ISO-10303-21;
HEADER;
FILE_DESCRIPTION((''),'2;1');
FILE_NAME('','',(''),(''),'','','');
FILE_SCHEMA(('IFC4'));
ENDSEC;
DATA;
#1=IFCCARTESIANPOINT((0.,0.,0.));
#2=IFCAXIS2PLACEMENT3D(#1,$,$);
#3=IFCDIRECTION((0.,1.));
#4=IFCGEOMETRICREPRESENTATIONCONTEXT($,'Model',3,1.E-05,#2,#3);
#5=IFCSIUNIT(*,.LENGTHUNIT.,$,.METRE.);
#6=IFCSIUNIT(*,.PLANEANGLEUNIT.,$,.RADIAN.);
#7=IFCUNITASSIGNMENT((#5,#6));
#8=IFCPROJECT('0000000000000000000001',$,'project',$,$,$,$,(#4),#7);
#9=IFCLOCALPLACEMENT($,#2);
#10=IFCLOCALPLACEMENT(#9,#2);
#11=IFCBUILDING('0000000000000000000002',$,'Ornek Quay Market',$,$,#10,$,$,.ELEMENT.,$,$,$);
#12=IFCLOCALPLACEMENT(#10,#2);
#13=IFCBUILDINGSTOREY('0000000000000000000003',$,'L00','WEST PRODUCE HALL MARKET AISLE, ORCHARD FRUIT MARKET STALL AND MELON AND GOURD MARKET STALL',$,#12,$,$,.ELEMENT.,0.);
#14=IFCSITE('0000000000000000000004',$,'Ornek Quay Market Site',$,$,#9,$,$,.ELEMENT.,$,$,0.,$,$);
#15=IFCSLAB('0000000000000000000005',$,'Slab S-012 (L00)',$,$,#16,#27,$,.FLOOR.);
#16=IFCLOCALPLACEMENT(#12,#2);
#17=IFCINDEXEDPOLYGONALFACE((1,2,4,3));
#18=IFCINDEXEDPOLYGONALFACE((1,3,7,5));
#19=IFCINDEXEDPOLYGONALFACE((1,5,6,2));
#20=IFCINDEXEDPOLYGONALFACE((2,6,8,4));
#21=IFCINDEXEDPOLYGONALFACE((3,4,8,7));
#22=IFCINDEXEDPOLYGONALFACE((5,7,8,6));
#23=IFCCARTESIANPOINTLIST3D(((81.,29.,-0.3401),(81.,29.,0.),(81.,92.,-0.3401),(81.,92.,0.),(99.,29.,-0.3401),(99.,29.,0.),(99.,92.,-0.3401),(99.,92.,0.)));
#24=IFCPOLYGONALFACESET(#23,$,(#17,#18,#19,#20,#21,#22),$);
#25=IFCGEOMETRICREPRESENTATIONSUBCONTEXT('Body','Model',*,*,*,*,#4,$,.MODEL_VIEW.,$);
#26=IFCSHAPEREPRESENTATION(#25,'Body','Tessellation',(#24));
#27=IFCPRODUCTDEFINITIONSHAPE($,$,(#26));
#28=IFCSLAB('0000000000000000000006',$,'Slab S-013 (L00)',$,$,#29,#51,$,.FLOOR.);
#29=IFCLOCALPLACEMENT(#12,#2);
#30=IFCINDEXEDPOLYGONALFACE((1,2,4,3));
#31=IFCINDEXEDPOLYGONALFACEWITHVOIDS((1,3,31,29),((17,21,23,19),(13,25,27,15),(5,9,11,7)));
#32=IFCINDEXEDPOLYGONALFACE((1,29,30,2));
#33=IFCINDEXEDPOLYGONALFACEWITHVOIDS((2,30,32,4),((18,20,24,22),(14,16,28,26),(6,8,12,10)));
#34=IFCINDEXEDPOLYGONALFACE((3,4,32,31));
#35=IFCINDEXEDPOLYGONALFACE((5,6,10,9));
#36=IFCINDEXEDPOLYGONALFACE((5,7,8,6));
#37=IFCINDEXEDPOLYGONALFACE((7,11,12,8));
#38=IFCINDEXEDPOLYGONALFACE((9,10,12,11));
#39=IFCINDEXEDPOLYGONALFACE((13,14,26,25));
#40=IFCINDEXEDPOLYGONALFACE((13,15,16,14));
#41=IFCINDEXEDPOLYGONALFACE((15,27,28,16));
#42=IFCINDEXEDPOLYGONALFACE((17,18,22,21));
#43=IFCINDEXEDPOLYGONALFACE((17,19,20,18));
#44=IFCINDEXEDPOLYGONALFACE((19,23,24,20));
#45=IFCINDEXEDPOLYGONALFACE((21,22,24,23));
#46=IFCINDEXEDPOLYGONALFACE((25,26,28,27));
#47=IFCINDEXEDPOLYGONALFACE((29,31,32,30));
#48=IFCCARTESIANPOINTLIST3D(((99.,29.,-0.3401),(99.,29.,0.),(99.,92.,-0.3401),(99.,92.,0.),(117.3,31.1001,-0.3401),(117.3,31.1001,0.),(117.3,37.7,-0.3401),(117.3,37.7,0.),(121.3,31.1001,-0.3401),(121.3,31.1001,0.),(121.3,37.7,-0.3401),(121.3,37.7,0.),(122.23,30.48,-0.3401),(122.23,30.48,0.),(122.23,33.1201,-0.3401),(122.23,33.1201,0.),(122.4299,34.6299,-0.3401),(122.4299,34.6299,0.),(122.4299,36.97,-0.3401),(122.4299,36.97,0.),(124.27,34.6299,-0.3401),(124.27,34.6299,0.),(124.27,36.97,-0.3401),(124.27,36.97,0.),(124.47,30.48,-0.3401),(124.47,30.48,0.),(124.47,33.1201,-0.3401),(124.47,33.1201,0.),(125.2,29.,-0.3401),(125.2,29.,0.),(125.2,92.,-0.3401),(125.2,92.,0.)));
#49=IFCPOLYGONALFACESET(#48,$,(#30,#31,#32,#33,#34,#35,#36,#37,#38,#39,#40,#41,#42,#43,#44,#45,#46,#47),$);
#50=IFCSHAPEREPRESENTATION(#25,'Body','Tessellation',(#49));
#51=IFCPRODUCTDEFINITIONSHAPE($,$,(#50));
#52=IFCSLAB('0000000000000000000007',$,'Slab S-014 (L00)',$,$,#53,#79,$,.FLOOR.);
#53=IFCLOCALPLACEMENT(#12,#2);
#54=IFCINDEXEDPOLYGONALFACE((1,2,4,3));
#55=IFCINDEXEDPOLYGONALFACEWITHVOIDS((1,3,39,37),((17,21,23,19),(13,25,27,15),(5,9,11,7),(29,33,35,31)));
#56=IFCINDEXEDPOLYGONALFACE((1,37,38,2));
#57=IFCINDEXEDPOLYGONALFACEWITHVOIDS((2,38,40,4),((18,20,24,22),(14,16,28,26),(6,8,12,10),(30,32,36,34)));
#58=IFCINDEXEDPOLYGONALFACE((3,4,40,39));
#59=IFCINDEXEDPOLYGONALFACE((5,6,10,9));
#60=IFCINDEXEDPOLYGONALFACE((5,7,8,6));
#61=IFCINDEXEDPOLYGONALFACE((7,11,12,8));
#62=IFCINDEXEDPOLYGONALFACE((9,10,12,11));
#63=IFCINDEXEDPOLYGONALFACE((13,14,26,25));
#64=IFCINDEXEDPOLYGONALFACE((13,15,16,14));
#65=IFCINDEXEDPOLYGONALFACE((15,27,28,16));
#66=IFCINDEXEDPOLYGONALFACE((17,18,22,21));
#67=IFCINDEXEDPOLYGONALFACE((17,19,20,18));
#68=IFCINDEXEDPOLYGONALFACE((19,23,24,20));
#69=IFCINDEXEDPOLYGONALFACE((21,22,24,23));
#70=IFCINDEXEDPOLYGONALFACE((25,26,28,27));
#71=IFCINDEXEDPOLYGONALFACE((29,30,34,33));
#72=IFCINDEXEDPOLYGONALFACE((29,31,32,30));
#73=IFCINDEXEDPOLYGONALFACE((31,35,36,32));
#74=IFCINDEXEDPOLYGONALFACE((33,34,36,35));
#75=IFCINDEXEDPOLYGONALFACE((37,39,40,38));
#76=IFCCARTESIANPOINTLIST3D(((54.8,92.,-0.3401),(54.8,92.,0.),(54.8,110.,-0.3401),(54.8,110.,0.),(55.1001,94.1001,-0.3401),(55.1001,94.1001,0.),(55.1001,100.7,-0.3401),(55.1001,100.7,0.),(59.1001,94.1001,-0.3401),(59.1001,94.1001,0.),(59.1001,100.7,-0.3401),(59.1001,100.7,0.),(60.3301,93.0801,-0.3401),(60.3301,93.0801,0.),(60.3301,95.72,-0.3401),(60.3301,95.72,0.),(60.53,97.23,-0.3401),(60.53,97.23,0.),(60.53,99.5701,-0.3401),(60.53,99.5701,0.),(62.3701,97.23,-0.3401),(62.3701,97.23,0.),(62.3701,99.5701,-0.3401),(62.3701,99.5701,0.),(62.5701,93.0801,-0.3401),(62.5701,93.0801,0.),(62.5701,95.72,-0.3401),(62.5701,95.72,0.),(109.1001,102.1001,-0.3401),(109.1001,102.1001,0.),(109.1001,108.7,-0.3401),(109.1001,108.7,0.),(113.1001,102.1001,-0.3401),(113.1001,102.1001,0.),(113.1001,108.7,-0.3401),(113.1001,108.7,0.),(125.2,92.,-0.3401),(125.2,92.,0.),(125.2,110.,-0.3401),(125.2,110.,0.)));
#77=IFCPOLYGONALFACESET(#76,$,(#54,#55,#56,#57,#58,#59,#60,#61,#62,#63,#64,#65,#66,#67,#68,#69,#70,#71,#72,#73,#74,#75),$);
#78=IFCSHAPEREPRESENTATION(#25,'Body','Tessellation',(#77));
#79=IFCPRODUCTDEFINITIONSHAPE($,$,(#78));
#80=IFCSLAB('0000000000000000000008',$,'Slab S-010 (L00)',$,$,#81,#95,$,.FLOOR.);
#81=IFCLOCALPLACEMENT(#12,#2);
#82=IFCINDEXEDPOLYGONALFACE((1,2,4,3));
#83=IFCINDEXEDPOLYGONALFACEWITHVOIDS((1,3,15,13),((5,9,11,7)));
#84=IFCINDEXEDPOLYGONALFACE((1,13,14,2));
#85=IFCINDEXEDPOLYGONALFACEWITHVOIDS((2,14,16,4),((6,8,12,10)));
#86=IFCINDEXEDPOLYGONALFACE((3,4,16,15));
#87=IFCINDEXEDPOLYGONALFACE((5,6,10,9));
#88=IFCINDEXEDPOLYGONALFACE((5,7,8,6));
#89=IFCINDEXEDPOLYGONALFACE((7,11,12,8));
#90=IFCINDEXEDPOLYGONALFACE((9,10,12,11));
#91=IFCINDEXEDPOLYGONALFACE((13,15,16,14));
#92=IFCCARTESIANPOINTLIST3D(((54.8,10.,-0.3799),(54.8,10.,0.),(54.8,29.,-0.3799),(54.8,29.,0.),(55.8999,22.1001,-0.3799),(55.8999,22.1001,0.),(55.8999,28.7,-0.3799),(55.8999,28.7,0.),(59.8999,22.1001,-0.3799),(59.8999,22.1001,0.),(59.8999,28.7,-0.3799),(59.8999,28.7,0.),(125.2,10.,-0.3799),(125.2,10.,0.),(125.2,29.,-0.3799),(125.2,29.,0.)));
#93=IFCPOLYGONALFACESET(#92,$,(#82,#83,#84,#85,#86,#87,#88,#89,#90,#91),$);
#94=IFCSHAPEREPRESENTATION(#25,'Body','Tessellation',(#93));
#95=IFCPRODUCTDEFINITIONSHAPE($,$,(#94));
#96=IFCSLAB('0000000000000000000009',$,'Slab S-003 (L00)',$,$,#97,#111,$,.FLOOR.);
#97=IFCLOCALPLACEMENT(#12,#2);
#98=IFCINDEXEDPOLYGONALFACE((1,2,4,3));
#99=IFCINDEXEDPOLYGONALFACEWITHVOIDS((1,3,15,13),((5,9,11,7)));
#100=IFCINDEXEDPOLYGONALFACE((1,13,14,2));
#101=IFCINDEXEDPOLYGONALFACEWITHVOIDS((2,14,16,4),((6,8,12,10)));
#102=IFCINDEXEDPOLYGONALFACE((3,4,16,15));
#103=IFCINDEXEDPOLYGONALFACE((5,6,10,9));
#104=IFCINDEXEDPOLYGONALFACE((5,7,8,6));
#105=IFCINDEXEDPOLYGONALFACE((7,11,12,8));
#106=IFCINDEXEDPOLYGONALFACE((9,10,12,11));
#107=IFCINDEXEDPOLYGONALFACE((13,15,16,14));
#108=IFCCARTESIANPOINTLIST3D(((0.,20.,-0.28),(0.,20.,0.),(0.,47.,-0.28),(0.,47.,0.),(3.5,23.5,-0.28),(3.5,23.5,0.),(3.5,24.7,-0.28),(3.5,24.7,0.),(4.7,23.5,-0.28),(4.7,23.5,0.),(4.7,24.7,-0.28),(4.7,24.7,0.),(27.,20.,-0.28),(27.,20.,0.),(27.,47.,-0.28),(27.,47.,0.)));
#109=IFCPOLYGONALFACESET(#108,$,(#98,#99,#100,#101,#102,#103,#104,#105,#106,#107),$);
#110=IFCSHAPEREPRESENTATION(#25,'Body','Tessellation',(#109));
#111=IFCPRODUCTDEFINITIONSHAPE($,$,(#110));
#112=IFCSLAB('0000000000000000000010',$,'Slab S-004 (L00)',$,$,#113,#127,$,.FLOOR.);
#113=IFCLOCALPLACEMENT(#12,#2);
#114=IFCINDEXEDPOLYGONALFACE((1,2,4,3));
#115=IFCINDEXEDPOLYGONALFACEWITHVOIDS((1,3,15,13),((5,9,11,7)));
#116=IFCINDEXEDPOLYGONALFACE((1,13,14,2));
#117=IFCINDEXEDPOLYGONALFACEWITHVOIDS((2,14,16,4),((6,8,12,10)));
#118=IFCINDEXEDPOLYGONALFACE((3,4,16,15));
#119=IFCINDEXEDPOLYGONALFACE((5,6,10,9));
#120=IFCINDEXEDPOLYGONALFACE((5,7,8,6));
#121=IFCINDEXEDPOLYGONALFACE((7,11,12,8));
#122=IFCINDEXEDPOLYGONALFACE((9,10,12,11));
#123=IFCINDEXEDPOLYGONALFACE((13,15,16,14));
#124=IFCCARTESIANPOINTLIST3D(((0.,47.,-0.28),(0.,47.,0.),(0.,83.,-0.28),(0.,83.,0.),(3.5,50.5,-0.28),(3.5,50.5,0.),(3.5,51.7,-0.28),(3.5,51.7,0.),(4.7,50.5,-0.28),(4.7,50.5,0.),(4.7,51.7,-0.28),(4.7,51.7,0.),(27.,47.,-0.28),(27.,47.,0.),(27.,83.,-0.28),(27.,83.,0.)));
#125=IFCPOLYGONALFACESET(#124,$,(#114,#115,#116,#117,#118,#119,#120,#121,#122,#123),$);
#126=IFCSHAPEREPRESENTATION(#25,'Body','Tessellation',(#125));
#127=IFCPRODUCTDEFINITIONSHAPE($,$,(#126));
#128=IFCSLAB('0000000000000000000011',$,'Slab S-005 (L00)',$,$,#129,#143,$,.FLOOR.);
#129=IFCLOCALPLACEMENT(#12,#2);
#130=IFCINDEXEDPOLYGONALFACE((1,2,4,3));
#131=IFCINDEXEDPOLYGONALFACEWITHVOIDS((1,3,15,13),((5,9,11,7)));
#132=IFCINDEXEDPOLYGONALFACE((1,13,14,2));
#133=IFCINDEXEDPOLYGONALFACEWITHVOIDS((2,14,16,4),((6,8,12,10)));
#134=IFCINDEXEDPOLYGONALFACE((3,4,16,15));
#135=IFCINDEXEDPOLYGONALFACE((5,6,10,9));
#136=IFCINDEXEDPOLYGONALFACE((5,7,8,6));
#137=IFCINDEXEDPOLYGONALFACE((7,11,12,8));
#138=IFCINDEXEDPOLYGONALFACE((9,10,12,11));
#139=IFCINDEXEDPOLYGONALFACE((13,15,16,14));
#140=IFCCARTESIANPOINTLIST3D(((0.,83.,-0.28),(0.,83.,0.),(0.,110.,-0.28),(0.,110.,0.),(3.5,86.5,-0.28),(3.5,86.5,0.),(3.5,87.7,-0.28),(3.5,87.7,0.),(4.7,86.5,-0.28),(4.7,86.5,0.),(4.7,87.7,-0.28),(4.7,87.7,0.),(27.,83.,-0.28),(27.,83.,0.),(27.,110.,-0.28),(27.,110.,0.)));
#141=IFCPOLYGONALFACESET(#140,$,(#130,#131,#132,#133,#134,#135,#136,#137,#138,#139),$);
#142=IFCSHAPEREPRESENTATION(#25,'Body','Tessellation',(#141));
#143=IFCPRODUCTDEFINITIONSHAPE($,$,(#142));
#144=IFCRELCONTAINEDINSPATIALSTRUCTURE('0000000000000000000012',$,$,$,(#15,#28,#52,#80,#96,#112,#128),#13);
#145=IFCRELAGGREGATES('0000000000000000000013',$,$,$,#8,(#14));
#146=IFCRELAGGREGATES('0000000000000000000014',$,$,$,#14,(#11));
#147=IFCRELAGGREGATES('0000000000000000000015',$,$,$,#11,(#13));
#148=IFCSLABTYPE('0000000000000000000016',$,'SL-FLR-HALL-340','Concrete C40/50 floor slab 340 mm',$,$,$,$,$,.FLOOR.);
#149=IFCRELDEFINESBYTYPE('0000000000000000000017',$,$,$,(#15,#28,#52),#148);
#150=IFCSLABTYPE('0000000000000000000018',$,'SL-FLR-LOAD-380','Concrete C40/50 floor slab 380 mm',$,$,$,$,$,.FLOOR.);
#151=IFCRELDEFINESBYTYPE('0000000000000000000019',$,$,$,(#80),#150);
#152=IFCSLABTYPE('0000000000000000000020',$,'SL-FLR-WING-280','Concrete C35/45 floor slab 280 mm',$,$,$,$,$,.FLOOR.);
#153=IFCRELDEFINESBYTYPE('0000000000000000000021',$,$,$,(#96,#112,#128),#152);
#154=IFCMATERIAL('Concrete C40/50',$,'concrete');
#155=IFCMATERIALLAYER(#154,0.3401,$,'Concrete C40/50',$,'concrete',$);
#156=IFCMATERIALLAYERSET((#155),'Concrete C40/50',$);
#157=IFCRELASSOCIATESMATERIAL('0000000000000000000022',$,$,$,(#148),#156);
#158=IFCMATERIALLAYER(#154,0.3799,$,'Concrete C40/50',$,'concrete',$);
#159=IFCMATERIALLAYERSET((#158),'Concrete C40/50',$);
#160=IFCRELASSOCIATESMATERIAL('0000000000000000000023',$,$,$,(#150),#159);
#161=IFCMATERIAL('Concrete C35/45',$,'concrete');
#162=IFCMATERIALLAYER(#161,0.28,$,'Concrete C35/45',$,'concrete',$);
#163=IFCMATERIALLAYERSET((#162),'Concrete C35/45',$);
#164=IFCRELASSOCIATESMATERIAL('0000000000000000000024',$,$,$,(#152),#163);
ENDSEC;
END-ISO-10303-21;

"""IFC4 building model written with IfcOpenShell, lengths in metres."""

from ifc_helpers import new_model, si_unit, direction, frame, origin, place, context, subcontext, project, spatial, polyline, outline, extrude, material, layer, layer_set, type_object, element, save


model = new_model("IFC4")

# Units and contexts
model_context = context("Model", 3, precision=1e-05, world=origin(), true_north=direction((0.0, 1.0)))
body_context = subcontext(model_context, "Body", "Model", "MODEL_VIEW")
ifc_project = project(units=[si_unit("LENGTHUNIT", "METRE"), si_unit("PLANEANGLEUNIT", "RADIAN")], contexts=[model_context])

# Site, building, storey
site_placement = place(None, origin())
site = spatial("IfcSite", under=ifc_project, at=site_placement, Name="Ornek Quay Market Site", CompositionType="ELEMENT", RefElevation=0.0)
building_placement = place(site_placement, origin())
building = spatial("IfcBuilding", under=site, at=building_placement, Name="Ornek Quay Market", CompositionType="ELEMENT")
storey_placement = place(building_placement, origin())
storey = spatial("IfcBuildingStorey", under=building, at=storey_placement, Name="L00", Description="WEST PRODUCE HALL MARKET AISLE, ORCHARD FRUIT MARKET STALL AND MELON AND GOURD MARKET STALL", CompositionType="ELEMENT", Elevation=0.0)

# Shared definitions
ifc_material_1 = material(Name="Concrete C35/45", Category="concrete")

# Slabs
ifc_material_2 = material(Name="Concrete C40/50", Category="concrete")
ifc_layer_1 = layer(ifc_material_2, 0.3401, Name="Concrete C40/50", Category="concrete")
ifc_layer_set_1 = layer_set([ifc_layer_1], Name="Concrete C40/50")
slab_type_1 = type_object("IfcSlabType", Name="SL-FLR-HALL-340", Description="Concrete C40/50 floor slab 340 mm", PredefinedType="FLOOR", material=ifc_layer_set_1)
slab_1_placement = place(storey_placement, frame((0.0, 0.0, -0.3401)))
element("IfcSlab", 1, at=slab_1_placement, inside=storey, type_object=slab_type_1, Name="Slab S-012 (L00)", PredefinedType="FLOOR", context=body_context, shape_type="SweptSolid", body=[
    extrude(outline(polyline([(81.0, 29.0), (99.0, 29.0), (99.0, 92.0), (81.0, 92.0), (81.0, 29.0)])), origin(), (0.0, 0.0, 1.0), 0.3401),
])
slab_2_placement = place(storey_placement, frame((0.0, 0.0, -0.3401)))
element("IfcSlab", 2, at=slab_2_placement, inside=storey, type_object=slab_type_1, Name="Slab S-013 (L00)", PredefinedType="FLOOR", context=body_context, shape_type="SweptSolid", body=[
    extrude(outline(polyline([(99.0, 29.0), (125.2, 29.0), (125.2, 92.0), (99.0, 92.0), (99.0, 29.0)]), holes=[polyline([(124.47, 33.1201), (124.47, 30.48), (122.23, 30.48), (122.23, 33.1201), (124.47, 33.1201)]), polyline([(121.3, 31.1001), (117.3, 31.1001), (117.3, 37.7), (121.3, 37.7), (121.3, 31.1001)]), polyline([(124.27, 34.6299), (122.4299, 34.6299), (122.4299, 36.97), (124.27, 36.97), (124.27, 34.6299)])]), origin(), (0.0, 0.0, 1.0), 0.3401),
])
slab_3_placement = place(storey_placement, frame((0.0, 0.0, -0.3401)))
element("IfcSlab", 3, at=slab_3_placement, inside=storey, type_object=slab_type_1, Name="Slab S-014 (L00)", PredefinedType="FLOOR", context=body_context, shape_type="SweptSolid", body=[
    extrude(outline(polyline([(54.8, 92.0), (125.2, 92.0), (125.2, 110.0), (54.8, 110.0), (54.8, 92.0)]), holes=[polyline([(62.5701, 93.0801), (60.3301, 93.0801), (60.3301, 95.72), (62.5701, 95.72), (62.5701, 93.0801)]), polyline([(59.1001, 94.1001), (55.1001, 94.1001), (55.1001, 100.7), (59.1001, 100.7), (59.1001, 94.1001)]), polyline([(62.3701, 97.23), (60.53, 97.23), (60.53, 99.5701), (62.3701, 99.5701), (62.3701, 97.23)]), polyline([(113.1001, 102.1001), (109.1001, 102.1001), (109.1001, 108.7), (113.1001, 108.7), (113.1001, 102.1001)])]), origin(), (0.0, 0.0, 1.0), 0.3401),
])
ifc_layer_2 = layer(ifc_material_2, 0.3799, Name="Concrete C40/50", Category="concrete")
ifc_layer_set_2 = layer_set([ifc_layer_2], Name="Concrete C40/50")
slab_type_2 = type_object("IfcSlabType", Name="SL-FLR-LOAD-380", Description="Concrete C40/50 floor slab 380 mm", PredefinedType="FLOOR", material=ifc_layer_set_2)
slab_4_placement = place(storey_placement, frame((0.0, 0.0, -0.3799)))
element("IfcSlab", 4, at=slab_4_placement, inside=storey, type_object=slab_type_2, Name="Slab S-010 (L00)", PredefinedType="FLOOR", context=body_context, shape_type="SweptSolid", body=[
    extrude(outline(polyline([(54.8, 10.0), (125.2, 10.0), (125.2, 29.0), (54.8, 29.0), (54.8, 10.0)]), holes=[polyline([(55.8999, 28.7), (59.8999, 28.7), (59.8999, 22.1001), (55.8999, 22.1001), (55.8999, 28.7)])]), origin(), (0.0, 0.0, 1.0), 0.3799),
])
ifc_layer_3 = layer(ifc_material_1, 0.28, Name="Concrete C35/45", Category="concrete")
ifc_layer_set_3 = layer_set([ifc_layer_3], Name="Concrete C35/45")
slab_type_3 = type_object("IfcSlabType", Name="SL-FLR-WING-280", Description="Concrete C35/45 floor slab 280 mm", PredefinedType="FLOOR", material=ifc_layer_set_3)
slab_5_placement = place(storey_placement, frame((0.0, 0.0, -0.28)))
element("IfcSlab", 5, at=slab_5_placement, inside=storey, type_object=slab_type_3, Name="Slab S-003 (L00)", PredefinedType="FLOOR", context=body_context, shape_type="SweptSolid", body=[
    extrude(outline(polyline([(0.0, 20.0), (27.0, 20.0), (27.0, 47.0), (0.0, 47.0), (0.0, 20.0)]), holes=[polyline([(3.5, 24.7), (4.7, 24.7), (4.7, 23.5), (3.5, 23.5), (3.5, 24.7)])]), origin(), (0.0, 0.0, 1.0), 0.28),
])
slab_6_placement = place(storey_placement, frame((0.0, 0.0, -0.28)))
element("IfcSlab", 6, at=slab_6_placement, inside=storey, type_object=slab_type_3, Name="Slab S-004 (L00)", PredefinedType="FLOOR", context=body_context, shape_type="SweptSolid", body=[
    extrude(outline(polyline([(0.0, 47.0), (27.0, 47.0), (27.0, 83.0), (0.0, 83.0), (0.0, 47.0)]), holes=[polyline([(3.5, 51.7), (4.7, 51.7), (4.7, 50.5), (3.5, 50.5), (3.5, 51.7)])]), origin(), (0.0, 0.0, 1.0), 0.28),
])
slab_7_placement = place(storey_placement, frame((0.0, 0.0, -0.28)))
element("IfcSlab", 7, at=slab_7_placement, inside=storey, type_object=slab_type_3, Name="Slab S-005 (L00)", PredefinedType="FLOOR", context=body_context, shape_type="SweptSolid", body=[
    extrude(outline(polyline([(0.0, 83.0), (27.0, 83.0), (27.0, 110.0), (0.0, 110.0), (0.0, 83.0)]), holes=[polyline([(3.5, 87.7), (4.7, 87.7), (4.7, 86.5), (3.5, 86.5), (3.5, 87.7)])]), origin(), (0.0, 0.0, 1.0), 0.28),
])

save(model, "model.ifc")
